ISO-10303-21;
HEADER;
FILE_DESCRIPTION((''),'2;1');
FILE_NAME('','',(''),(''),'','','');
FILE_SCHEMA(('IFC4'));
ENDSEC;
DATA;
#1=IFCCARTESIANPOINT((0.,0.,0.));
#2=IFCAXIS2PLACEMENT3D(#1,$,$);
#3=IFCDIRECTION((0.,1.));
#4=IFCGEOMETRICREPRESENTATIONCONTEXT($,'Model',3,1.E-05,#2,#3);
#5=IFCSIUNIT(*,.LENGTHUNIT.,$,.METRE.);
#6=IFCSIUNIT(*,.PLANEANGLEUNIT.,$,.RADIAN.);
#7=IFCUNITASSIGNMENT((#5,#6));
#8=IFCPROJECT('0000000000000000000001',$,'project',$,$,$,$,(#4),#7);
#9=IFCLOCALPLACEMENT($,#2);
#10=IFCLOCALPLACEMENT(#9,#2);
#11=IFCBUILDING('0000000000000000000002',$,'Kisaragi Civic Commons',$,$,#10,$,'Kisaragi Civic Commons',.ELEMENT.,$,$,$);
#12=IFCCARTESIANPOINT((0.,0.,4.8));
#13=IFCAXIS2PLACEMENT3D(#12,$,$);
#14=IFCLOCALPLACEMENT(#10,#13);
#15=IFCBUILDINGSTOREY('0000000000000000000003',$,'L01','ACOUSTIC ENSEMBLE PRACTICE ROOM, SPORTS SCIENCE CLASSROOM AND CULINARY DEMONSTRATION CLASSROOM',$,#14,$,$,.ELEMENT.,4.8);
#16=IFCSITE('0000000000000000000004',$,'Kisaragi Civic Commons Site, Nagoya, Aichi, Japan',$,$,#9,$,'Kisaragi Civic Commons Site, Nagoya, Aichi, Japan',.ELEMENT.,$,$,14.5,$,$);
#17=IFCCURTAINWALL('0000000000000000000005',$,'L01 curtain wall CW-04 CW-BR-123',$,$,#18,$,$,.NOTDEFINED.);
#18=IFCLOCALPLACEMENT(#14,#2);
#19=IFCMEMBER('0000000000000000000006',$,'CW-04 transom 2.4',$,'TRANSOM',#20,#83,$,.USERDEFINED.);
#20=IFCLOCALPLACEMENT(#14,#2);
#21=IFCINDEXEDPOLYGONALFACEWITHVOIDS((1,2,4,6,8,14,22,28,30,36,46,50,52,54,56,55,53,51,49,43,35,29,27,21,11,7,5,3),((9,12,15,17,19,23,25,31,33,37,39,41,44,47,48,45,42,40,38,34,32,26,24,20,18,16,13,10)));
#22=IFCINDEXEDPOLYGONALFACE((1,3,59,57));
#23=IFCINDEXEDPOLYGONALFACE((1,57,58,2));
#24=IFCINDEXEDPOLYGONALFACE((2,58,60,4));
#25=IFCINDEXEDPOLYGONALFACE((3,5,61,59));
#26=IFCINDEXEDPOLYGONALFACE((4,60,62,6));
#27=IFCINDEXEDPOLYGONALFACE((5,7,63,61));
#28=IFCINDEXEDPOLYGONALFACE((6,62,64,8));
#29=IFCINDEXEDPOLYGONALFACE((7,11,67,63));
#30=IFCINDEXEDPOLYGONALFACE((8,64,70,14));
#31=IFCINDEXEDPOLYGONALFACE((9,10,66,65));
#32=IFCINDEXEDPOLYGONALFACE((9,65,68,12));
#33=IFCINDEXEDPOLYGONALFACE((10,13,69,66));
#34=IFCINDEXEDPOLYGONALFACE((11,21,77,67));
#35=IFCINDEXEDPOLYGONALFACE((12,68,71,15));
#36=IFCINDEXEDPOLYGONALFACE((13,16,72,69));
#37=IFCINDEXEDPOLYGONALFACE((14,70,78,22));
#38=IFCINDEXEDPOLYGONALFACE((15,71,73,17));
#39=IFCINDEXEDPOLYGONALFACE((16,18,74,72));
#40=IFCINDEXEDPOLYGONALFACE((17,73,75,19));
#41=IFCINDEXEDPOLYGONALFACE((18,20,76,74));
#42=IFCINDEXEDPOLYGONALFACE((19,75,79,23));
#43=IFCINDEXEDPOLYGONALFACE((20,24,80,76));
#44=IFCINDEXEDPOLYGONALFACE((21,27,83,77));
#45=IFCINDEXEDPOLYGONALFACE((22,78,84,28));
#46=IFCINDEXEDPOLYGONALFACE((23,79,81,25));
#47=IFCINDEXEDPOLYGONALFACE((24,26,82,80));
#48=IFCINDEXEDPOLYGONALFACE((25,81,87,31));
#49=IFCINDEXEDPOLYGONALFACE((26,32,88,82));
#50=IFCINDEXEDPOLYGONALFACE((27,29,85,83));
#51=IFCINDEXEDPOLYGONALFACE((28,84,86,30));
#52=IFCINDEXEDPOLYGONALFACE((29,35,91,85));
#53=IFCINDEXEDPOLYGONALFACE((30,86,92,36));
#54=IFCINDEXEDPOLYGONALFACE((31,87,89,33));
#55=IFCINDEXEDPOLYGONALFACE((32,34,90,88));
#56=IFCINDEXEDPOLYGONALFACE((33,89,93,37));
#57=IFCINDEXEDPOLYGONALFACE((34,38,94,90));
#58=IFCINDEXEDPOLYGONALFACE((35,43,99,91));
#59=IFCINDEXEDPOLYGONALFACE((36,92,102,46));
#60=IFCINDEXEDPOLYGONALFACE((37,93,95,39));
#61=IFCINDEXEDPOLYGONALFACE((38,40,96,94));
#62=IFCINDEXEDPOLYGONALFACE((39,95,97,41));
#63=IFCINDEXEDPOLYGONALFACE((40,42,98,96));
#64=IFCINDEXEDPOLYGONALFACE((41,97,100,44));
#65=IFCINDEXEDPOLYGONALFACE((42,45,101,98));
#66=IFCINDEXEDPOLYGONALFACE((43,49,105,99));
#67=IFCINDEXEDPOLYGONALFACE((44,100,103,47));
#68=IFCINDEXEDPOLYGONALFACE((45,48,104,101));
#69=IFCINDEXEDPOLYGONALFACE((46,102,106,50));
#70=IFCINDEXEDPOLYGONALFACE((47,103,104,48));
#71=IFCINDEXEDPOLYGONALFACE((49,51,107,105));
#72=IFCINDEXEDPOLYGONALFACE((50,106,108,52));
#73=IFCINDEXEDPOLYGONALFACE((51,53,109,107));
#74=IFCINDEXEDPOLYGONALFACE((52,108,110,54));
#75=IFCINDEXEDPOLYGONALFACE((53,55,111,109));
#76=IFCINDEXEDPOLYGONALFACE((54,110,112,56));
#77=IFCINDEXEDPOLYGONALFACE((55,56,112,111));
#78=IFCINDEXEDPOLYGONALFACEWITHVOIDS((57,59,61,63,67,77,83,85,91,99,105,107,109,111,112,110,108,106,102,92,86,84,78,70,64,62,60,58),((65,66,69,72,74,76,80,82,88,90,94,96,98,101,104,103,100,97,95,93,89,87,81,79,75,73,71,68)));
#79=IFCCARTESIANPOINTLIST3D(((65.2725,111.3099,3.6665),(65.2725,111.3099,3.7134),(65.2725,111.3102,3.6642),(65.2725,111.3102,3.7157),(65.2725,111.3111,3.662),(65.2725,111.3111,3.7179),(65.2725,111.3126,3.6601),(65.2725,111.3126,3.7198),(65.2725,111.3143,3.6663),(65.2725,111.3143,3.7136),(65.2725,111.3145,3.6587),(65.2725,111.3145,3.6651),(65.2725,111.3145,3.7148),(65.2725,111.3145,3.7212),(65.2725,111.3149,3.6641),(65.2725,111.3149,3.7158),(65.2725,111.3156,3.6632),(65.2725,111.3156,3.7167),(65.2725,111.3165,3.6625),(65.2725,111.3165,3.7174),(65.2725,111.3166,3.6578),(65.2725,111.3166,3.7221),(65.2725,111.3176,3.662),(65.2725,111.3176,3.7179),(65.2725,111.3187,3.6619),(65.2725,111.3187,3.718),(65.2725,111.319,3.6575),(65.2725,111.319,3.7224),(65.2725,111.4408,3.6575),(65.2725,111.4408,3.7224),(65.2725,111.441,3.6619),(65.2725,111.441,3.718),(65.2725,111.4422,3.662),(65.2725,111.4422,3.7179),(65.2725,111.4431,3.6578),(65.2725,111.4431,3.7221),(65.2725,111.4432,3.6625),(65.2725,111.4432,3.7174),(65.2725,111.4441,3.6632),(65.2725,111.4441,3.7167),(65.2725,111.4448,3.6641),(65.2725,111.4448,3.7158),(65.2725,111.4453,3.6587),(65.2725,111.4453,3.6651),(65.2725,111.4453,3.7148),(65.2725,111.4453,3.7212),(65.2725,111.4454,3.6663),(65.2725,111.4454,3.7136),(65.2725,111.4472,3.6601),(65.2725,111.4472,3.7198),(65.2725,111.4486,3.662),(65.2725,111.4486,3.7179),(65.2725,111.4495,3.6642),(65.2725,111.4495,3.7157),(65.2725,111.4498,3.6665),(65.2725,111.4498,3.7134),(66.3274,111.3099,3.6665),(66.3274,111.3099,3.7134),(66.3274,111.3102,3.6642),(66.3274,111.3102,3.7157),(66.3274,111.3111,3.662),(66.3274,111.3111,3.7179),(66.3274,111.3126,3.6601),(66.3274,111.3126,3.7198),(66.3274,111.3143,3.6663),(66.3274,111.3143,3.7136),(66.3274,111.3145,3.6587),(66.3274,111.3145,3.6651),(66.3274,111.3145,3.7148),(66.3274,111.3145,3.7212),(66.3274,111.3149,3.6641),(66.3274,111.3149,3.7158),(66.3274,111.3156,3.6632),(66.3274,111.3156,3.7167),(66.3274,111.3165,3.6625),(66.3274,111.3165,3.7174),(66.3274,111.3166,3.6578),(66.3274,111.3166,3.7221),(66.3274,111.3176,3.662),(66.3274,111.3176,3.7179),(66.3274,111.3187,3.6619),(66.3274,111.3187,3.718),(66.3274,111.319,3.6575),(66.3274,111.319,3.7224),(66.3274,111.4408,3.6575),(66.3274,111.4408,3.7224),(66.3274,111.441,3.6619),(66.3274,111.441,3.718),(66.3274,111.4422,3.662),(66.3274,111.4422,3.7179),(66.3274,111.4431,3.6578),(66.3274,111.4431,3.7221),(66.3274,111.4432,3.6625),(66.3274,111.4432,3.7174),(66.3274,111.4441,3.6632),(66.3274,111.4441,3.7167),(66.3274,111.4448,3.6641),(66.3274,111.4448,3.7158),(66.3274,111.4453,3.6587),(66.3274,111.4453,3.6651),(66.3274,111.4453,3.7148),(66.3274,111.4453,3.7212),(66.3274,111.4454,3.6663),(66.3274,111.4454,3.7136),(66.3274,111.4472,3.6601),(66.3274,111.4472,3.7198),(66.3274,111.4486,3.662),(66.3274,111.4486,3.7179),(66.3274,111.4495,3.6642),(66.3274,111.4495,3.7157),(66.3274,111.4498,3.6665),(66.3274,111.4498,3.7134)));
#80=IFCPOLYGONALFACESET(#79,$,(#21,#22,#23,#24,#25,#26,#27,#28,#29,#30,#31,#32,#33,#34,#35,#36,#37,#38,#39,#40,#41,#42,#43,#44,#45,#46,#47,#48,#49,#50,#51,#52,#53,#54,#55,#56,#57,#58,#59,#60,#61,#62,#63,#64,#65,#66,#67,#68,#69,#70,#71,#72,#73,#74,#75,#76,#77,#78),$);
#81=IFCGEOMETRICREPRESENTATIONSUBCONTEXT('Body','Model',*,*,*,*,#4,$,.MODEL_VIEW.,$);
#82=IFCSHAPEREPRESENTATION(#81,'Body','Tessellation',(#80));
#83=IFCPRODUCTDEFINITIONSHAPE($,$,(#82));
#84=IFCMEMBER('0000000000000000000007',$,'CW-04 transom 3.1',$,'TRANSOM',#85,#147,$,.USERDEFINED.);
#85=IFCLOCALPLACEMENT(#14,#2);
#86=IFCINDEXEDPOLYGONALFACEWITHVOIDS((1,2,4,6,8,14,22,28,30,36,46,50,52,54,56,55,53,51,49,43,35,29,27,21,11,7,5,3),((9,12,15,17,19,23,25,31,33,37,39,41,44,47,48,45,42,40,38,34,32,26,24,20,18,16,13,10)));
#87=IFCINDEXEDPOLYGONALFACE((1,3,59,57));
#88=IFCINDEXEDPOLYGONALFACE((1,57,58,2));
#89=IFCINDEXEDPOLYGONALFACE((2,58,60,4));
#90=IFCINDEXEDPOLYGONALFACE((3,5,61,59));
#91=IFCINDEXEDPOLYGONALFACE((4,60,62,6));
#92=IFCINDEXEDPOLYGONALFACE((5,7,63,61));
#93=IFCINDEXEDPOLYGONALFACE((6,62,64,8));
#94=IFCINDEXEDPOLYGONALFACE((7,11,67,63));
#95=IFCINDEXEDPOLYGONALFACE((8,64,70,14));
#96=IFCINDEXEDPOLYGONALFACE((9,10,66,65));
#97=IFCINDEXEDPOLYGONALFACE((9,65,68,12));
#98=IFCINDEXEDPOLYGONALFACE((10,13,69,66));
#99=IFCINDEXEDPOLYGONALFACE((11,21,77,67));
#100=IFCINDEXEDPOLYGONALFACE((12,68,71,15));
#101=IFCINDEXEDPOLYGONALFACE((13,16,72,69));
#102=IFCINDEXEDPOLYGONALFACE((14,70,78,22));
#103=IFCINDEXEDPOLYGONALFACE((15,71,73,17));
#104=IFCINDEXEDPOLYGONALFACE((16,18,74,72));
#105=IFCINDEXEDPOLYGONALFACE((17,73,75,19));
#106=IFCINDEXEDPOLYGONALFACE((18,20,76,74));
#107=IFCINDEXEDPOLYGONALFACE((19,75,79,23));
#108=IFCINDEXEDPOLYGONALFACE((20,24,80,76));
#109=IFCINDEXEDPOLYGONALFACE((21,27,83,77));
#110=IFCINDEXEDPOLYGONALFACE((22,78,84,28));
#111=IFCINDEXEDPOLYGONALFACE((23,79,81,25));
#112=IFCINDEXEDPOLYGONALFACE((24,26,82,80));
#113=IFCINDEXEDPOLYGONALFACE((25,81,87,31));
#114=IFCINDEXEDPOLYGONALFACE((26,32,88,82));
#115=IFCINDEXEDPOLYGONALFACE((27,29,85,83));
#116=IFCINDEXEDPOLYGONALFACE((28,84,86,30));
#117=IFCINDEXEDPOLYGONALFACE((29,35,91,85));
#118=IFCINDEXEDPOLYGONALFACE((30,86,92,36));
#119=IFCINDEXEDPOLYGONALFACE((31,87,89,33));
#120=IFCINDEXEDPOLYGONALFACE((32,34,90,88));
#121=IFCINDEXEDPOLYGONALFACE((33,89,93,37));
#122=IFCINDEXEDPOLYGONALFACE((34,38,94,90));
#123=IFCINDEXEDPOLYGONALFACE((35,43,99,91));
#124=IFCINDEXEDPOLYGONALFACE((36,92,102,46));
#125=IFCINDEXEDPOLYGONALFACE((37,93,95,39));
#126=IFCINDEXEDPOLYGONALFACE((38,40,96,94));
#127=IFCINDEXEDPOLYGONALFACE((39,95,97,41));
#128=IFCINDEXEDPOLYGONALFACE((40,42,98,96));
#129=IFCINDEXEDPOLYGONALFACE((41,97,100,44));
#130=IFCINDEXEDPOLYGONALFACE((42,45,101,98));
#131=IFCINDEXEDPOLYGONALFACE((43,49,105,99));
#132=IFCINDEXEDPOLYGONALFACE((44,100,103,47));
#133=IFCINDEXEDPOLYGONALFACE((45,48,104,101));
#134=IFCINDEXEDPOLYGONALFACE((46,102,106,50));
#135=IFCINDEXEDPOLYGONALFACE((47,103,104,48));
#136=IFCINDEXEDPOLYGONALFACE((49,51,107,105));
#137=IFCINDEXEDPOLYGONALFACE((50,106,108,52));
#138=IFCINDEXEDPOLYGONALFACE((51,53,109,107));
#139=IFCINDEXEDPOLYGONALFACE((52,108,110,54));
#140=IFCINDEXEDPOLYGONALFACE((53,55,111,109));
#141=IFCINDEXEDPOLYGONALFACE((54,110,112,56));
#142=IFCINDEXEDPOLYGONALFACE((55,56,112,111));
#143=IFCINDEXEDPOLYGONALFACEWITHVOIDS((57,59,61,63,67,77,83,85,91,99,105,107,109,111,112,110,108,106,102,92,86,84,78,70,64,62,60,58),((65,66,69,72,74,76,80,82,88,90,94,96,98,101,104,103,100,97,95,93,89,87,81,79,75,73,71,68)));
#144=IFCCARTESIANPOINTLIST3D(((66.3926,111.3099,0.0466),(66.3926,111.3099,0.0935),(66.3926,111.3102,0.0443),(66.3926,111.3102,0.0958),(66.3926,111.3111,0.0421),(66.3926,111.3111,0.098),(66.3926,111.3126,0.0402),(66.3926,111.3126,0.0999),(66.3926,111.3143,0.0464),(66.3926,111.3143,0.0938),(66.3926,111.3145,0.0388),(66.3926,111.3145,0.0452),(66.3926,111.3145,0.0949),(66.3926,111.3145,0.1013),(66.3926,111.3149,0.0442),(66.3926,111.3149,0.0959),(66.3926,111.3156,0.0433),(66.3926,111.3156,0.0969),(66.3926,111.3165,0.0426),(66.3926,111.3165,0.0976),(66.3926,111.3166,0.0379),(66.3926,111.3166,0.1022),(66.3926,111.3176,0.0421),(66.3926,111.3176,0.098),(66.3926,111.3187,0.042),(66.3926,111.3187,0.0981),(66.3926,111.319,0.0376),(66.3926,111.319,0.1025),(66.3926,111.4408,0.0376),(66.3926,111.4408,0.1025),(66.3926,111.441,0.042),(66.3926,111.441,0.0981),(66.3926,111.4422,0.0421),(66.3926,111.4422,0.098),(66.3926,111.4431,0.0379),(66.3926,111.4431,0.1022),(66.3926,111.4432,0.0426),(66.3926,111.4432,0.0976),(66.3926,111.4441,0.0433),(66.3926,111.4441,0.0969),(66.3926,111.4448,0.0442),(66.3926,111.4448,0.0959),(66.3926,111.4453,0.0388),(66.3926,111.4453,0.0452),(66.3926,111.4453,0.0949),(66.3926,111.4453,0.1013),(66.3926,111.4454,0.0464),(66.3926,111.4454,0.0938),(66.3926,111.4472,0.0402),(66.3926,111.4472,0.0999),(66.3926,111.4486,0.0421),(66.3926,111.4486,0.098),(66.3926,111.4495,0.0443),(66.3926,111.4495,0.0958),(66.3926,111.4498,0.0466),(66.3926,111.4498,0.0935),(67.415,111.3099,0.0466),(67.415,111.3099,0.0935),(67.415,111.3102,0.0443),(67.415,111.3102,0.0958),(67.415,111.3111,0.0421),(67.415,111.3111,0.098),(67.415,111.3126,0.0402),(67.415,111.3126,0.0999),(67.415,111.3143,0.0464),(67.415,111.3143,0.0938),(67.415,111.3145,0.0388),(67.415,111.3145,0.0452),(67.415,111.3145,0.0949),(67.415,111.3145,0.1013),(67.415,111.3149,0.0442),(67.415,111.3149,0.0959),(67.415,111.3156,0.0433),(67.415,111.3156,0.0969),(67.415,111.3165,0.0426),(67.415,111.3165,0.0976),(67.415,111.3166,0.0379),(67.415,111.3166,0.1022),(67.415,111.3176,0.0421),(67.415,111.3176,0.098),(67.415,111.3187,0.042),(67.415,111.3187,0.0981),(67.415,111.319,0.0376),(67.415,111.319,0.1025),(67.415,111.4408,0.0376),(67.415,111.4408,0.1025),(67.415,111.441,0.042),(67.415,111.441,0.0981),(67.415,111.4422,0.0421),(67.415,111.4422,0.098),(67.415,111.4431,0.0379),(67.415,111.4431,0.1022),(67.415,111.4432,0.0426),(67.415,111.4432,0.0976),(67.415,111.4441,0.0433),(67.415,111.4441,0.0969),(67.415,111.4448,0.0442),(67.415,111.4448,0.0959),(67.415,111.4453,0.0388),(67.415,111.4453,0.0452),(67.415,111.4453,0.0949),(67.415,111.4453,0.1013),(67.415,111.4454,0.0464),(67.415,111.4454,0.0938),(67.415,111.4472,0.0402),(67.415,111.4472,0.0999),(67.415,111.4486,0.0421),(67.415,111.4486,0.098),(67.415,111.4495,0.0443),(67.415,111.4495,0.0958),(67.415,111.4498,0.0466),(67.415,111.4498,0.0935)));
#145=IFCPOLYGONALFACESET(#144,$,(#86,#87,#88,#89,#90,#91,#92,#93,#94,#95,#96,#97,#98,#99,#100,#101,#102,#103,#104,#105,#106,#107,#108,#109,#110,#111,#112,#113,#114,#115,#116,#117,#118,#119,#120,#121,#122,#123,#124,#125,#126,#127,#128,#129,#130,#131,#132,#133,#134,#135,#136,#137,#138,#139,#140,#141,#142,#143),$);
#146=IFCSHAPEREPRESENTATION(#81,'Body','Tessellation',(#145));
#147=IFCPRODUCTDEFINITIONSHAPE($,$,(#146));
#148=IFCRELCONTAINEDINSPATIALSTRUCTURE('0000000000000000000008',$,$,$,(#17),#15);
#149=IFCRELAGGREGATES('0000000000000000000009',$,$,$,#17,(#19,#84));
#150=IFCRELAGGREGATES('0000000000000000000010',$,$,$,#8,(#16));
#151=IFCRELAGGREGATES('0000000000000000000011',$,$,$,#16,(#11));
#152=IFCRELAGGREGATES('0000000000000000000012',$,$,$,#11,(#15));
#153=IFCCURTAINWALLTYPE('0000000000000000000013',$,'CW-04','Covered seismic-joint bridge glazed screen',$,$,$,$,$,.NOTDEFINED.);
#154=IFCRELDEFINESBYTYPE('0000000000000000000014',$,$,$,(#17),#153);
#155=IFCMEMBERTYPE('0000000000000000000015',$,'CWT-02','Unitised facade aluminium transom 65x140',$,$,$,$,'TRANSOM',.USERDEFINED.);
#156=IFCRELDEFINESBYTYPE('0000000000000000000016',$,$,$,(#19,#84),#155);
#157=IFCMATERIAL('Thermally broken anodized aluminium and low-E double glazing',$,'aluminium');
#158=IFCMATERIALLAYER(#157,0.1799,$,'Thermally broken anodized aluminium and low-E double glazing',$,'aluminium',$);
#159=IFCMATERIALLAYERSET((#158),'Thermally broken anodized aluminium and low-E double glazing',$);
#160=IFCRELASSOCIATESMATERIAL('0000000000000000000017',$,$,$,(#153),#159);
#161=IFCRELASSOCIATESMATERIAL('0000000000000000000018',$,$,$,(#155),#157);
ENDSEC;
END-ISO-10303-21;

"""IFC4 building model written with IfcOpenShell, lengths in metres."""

from ifc_helpers import new_model, si_unit, direction, frame, origin, origin_2d, place, context, subcontext, project, spatial, hollow_rectangle, extrude, material, layer, layer_set, material_profile, profile_set, type_object, element, aggregate, save


model = new_model("IFC4")

# Units and contexts
model_context = context("Model", 3, precision=1e-05, world=origin(), true_north=direction((0.0, 1.0)))
body_context = subcontext(model_context, "Body", "Model", "MODEL_VIEW")
ifc_project = project(units=[si_unit("LENGTHUNIT", "METRE"), si_unit("PLANEANGLEUNIT", "RADIAN")], contexts=[model_context])

# Site, building, storey
site_placement = place(None, origin())
site = spatial("IfcSite", under=ifc_project, at=site_placement, Name="Kisaragi Civic Commons Site, Nagoya, Aichi, Japan", LongName="Kisaragi Civic Commons Site, Nagoya, Aichi, Japan", CompositionType="ELEMENT", RefElevation=14.5)
building_placement = place(site_placement, origin())
building = spatial("IfcBuilding", under=site, at=building_placement, Name="Kisaragi Civic Commons", LongName="Kisaragi Civic Commons", CompositionType="ELEMENT")
storey_placement = place(building_placement, frame((0.0, 0.0, 4.8)))
storey = spatial("IfcBuildingStorey", under=building, at=storey_placement, Name="L01", Description="ACOUSTIC ENSEMBLE PRACTICE ROOM, SPORTS SCIENCE CLASSROOM AND CULINARY DEMONSTRATION CLASSROOM", CompositionType="ELEMENT", Elevation=4.8)

# Curtain wall
ifc_material_1 = material(Name="Thermally broken anodized aluminium and low-E double glazing", Category="aluminium")
ifc_layer_1 = layer(ifc_material_1, 0.1799, Name="Thermally broken anodized aluminium and low-E double glazing", Category="aluminium")
ifc_layer_set_1 = layer_set([ifc_layer_1], Name="Thermally broken anodized aluminium and low-E double glazing")
curtain_wall_type = type_object("IfcCurtainWallType", Name="CW-04", Description="Covered seismic-joint bridge glazed screen", PredefinedType="NOTDEFINED", material=ifc_layer_set_1)
curtain_wall_1_placement = place(storey_placement, origin())
curtain_wall_1 = element("IfcCurtainWall", 1, at=curtain_wall_1_placement, inside=storey, type_object=curtain_wall_type, Name="L01 curtain wall CW-04 CW-BR-123", PredefinedType="NOTDEFINED")

# Members
ifc_material_profile_1 = material_profile(ifc_material_1, hollow_rectangle(XDim=0.1399, YDim=0.0649, WallThickness=0.0044, InnerFilletRadius=0.0044, OuterFilletRadius=0.009, at=origin_2d()), Name="CWT-65x140x4.5", Category="aluminium")
ifc_profile_set_1 = profile_set([ifc_material_profile_1], Name="Thermally broken anodized aluminium and low-E double glazing")
member_type_1 = type_object("IfcMemberType", Name="CWT-02", Description="Unitised facade aluminium transom 65x140", ElementType="TRANSOM", PredefinedType="USERDEFINED", material=ifc_profile_set_1)
member_1_placement = place(storey_placement, frame((65.2725, 111.3799, 3.6899), z_axis=(1.0, 0.0, 0.0), x_axis=(0.0, 1.0, 0.0)))
member_1 = element("IfcMember", 2, at=member_1_placement, type_object=member_type_1, Name="CW-04 transom 2.4", ObjectType="TRANSOM", PredefinedType="USERDEFINED", context=body_context, shape_type="SweptSolid", body=[
    extrude(hollow_rectangle(XDim=0.1399, YDim=0.0649, WallThickness=0.0044, InnerFilletRadius=0.0044, OuterFilletRadius=0.009, at=origin_2d()), origin(), (0.0, 0.0, 1.0), 1.0549),
])
member_2_placement = place(storey_placement, frame((66.3926, 111.3799, 0.0701), z_axis=(1.0, 0.0, 0.0), x_axis=(0.0, 1.0, 0.0)))
member_2 = element("IfcMember", 3, at=member_2_placement, type_object=member_type_1, Name="CW-04 transom 3.1", ObjectType="TRANSOM", PredefinedType="USERDEFINED", context=body_context, shape_type="SweptSolid", body=[
    extrude(hollow_rectangle(XDim=0.1399, YDim=0.0649, WallThickness=0.0044, InnerFilletRadius=0.0044, OuterFilletRadius=0.009, at=origin_2d()), origin(), (0.0, 0.0, 1.0), 1.0225),
])

aggregate(curtain_wall_1, [member_1, member_2])

save(model, "model.ifc")
